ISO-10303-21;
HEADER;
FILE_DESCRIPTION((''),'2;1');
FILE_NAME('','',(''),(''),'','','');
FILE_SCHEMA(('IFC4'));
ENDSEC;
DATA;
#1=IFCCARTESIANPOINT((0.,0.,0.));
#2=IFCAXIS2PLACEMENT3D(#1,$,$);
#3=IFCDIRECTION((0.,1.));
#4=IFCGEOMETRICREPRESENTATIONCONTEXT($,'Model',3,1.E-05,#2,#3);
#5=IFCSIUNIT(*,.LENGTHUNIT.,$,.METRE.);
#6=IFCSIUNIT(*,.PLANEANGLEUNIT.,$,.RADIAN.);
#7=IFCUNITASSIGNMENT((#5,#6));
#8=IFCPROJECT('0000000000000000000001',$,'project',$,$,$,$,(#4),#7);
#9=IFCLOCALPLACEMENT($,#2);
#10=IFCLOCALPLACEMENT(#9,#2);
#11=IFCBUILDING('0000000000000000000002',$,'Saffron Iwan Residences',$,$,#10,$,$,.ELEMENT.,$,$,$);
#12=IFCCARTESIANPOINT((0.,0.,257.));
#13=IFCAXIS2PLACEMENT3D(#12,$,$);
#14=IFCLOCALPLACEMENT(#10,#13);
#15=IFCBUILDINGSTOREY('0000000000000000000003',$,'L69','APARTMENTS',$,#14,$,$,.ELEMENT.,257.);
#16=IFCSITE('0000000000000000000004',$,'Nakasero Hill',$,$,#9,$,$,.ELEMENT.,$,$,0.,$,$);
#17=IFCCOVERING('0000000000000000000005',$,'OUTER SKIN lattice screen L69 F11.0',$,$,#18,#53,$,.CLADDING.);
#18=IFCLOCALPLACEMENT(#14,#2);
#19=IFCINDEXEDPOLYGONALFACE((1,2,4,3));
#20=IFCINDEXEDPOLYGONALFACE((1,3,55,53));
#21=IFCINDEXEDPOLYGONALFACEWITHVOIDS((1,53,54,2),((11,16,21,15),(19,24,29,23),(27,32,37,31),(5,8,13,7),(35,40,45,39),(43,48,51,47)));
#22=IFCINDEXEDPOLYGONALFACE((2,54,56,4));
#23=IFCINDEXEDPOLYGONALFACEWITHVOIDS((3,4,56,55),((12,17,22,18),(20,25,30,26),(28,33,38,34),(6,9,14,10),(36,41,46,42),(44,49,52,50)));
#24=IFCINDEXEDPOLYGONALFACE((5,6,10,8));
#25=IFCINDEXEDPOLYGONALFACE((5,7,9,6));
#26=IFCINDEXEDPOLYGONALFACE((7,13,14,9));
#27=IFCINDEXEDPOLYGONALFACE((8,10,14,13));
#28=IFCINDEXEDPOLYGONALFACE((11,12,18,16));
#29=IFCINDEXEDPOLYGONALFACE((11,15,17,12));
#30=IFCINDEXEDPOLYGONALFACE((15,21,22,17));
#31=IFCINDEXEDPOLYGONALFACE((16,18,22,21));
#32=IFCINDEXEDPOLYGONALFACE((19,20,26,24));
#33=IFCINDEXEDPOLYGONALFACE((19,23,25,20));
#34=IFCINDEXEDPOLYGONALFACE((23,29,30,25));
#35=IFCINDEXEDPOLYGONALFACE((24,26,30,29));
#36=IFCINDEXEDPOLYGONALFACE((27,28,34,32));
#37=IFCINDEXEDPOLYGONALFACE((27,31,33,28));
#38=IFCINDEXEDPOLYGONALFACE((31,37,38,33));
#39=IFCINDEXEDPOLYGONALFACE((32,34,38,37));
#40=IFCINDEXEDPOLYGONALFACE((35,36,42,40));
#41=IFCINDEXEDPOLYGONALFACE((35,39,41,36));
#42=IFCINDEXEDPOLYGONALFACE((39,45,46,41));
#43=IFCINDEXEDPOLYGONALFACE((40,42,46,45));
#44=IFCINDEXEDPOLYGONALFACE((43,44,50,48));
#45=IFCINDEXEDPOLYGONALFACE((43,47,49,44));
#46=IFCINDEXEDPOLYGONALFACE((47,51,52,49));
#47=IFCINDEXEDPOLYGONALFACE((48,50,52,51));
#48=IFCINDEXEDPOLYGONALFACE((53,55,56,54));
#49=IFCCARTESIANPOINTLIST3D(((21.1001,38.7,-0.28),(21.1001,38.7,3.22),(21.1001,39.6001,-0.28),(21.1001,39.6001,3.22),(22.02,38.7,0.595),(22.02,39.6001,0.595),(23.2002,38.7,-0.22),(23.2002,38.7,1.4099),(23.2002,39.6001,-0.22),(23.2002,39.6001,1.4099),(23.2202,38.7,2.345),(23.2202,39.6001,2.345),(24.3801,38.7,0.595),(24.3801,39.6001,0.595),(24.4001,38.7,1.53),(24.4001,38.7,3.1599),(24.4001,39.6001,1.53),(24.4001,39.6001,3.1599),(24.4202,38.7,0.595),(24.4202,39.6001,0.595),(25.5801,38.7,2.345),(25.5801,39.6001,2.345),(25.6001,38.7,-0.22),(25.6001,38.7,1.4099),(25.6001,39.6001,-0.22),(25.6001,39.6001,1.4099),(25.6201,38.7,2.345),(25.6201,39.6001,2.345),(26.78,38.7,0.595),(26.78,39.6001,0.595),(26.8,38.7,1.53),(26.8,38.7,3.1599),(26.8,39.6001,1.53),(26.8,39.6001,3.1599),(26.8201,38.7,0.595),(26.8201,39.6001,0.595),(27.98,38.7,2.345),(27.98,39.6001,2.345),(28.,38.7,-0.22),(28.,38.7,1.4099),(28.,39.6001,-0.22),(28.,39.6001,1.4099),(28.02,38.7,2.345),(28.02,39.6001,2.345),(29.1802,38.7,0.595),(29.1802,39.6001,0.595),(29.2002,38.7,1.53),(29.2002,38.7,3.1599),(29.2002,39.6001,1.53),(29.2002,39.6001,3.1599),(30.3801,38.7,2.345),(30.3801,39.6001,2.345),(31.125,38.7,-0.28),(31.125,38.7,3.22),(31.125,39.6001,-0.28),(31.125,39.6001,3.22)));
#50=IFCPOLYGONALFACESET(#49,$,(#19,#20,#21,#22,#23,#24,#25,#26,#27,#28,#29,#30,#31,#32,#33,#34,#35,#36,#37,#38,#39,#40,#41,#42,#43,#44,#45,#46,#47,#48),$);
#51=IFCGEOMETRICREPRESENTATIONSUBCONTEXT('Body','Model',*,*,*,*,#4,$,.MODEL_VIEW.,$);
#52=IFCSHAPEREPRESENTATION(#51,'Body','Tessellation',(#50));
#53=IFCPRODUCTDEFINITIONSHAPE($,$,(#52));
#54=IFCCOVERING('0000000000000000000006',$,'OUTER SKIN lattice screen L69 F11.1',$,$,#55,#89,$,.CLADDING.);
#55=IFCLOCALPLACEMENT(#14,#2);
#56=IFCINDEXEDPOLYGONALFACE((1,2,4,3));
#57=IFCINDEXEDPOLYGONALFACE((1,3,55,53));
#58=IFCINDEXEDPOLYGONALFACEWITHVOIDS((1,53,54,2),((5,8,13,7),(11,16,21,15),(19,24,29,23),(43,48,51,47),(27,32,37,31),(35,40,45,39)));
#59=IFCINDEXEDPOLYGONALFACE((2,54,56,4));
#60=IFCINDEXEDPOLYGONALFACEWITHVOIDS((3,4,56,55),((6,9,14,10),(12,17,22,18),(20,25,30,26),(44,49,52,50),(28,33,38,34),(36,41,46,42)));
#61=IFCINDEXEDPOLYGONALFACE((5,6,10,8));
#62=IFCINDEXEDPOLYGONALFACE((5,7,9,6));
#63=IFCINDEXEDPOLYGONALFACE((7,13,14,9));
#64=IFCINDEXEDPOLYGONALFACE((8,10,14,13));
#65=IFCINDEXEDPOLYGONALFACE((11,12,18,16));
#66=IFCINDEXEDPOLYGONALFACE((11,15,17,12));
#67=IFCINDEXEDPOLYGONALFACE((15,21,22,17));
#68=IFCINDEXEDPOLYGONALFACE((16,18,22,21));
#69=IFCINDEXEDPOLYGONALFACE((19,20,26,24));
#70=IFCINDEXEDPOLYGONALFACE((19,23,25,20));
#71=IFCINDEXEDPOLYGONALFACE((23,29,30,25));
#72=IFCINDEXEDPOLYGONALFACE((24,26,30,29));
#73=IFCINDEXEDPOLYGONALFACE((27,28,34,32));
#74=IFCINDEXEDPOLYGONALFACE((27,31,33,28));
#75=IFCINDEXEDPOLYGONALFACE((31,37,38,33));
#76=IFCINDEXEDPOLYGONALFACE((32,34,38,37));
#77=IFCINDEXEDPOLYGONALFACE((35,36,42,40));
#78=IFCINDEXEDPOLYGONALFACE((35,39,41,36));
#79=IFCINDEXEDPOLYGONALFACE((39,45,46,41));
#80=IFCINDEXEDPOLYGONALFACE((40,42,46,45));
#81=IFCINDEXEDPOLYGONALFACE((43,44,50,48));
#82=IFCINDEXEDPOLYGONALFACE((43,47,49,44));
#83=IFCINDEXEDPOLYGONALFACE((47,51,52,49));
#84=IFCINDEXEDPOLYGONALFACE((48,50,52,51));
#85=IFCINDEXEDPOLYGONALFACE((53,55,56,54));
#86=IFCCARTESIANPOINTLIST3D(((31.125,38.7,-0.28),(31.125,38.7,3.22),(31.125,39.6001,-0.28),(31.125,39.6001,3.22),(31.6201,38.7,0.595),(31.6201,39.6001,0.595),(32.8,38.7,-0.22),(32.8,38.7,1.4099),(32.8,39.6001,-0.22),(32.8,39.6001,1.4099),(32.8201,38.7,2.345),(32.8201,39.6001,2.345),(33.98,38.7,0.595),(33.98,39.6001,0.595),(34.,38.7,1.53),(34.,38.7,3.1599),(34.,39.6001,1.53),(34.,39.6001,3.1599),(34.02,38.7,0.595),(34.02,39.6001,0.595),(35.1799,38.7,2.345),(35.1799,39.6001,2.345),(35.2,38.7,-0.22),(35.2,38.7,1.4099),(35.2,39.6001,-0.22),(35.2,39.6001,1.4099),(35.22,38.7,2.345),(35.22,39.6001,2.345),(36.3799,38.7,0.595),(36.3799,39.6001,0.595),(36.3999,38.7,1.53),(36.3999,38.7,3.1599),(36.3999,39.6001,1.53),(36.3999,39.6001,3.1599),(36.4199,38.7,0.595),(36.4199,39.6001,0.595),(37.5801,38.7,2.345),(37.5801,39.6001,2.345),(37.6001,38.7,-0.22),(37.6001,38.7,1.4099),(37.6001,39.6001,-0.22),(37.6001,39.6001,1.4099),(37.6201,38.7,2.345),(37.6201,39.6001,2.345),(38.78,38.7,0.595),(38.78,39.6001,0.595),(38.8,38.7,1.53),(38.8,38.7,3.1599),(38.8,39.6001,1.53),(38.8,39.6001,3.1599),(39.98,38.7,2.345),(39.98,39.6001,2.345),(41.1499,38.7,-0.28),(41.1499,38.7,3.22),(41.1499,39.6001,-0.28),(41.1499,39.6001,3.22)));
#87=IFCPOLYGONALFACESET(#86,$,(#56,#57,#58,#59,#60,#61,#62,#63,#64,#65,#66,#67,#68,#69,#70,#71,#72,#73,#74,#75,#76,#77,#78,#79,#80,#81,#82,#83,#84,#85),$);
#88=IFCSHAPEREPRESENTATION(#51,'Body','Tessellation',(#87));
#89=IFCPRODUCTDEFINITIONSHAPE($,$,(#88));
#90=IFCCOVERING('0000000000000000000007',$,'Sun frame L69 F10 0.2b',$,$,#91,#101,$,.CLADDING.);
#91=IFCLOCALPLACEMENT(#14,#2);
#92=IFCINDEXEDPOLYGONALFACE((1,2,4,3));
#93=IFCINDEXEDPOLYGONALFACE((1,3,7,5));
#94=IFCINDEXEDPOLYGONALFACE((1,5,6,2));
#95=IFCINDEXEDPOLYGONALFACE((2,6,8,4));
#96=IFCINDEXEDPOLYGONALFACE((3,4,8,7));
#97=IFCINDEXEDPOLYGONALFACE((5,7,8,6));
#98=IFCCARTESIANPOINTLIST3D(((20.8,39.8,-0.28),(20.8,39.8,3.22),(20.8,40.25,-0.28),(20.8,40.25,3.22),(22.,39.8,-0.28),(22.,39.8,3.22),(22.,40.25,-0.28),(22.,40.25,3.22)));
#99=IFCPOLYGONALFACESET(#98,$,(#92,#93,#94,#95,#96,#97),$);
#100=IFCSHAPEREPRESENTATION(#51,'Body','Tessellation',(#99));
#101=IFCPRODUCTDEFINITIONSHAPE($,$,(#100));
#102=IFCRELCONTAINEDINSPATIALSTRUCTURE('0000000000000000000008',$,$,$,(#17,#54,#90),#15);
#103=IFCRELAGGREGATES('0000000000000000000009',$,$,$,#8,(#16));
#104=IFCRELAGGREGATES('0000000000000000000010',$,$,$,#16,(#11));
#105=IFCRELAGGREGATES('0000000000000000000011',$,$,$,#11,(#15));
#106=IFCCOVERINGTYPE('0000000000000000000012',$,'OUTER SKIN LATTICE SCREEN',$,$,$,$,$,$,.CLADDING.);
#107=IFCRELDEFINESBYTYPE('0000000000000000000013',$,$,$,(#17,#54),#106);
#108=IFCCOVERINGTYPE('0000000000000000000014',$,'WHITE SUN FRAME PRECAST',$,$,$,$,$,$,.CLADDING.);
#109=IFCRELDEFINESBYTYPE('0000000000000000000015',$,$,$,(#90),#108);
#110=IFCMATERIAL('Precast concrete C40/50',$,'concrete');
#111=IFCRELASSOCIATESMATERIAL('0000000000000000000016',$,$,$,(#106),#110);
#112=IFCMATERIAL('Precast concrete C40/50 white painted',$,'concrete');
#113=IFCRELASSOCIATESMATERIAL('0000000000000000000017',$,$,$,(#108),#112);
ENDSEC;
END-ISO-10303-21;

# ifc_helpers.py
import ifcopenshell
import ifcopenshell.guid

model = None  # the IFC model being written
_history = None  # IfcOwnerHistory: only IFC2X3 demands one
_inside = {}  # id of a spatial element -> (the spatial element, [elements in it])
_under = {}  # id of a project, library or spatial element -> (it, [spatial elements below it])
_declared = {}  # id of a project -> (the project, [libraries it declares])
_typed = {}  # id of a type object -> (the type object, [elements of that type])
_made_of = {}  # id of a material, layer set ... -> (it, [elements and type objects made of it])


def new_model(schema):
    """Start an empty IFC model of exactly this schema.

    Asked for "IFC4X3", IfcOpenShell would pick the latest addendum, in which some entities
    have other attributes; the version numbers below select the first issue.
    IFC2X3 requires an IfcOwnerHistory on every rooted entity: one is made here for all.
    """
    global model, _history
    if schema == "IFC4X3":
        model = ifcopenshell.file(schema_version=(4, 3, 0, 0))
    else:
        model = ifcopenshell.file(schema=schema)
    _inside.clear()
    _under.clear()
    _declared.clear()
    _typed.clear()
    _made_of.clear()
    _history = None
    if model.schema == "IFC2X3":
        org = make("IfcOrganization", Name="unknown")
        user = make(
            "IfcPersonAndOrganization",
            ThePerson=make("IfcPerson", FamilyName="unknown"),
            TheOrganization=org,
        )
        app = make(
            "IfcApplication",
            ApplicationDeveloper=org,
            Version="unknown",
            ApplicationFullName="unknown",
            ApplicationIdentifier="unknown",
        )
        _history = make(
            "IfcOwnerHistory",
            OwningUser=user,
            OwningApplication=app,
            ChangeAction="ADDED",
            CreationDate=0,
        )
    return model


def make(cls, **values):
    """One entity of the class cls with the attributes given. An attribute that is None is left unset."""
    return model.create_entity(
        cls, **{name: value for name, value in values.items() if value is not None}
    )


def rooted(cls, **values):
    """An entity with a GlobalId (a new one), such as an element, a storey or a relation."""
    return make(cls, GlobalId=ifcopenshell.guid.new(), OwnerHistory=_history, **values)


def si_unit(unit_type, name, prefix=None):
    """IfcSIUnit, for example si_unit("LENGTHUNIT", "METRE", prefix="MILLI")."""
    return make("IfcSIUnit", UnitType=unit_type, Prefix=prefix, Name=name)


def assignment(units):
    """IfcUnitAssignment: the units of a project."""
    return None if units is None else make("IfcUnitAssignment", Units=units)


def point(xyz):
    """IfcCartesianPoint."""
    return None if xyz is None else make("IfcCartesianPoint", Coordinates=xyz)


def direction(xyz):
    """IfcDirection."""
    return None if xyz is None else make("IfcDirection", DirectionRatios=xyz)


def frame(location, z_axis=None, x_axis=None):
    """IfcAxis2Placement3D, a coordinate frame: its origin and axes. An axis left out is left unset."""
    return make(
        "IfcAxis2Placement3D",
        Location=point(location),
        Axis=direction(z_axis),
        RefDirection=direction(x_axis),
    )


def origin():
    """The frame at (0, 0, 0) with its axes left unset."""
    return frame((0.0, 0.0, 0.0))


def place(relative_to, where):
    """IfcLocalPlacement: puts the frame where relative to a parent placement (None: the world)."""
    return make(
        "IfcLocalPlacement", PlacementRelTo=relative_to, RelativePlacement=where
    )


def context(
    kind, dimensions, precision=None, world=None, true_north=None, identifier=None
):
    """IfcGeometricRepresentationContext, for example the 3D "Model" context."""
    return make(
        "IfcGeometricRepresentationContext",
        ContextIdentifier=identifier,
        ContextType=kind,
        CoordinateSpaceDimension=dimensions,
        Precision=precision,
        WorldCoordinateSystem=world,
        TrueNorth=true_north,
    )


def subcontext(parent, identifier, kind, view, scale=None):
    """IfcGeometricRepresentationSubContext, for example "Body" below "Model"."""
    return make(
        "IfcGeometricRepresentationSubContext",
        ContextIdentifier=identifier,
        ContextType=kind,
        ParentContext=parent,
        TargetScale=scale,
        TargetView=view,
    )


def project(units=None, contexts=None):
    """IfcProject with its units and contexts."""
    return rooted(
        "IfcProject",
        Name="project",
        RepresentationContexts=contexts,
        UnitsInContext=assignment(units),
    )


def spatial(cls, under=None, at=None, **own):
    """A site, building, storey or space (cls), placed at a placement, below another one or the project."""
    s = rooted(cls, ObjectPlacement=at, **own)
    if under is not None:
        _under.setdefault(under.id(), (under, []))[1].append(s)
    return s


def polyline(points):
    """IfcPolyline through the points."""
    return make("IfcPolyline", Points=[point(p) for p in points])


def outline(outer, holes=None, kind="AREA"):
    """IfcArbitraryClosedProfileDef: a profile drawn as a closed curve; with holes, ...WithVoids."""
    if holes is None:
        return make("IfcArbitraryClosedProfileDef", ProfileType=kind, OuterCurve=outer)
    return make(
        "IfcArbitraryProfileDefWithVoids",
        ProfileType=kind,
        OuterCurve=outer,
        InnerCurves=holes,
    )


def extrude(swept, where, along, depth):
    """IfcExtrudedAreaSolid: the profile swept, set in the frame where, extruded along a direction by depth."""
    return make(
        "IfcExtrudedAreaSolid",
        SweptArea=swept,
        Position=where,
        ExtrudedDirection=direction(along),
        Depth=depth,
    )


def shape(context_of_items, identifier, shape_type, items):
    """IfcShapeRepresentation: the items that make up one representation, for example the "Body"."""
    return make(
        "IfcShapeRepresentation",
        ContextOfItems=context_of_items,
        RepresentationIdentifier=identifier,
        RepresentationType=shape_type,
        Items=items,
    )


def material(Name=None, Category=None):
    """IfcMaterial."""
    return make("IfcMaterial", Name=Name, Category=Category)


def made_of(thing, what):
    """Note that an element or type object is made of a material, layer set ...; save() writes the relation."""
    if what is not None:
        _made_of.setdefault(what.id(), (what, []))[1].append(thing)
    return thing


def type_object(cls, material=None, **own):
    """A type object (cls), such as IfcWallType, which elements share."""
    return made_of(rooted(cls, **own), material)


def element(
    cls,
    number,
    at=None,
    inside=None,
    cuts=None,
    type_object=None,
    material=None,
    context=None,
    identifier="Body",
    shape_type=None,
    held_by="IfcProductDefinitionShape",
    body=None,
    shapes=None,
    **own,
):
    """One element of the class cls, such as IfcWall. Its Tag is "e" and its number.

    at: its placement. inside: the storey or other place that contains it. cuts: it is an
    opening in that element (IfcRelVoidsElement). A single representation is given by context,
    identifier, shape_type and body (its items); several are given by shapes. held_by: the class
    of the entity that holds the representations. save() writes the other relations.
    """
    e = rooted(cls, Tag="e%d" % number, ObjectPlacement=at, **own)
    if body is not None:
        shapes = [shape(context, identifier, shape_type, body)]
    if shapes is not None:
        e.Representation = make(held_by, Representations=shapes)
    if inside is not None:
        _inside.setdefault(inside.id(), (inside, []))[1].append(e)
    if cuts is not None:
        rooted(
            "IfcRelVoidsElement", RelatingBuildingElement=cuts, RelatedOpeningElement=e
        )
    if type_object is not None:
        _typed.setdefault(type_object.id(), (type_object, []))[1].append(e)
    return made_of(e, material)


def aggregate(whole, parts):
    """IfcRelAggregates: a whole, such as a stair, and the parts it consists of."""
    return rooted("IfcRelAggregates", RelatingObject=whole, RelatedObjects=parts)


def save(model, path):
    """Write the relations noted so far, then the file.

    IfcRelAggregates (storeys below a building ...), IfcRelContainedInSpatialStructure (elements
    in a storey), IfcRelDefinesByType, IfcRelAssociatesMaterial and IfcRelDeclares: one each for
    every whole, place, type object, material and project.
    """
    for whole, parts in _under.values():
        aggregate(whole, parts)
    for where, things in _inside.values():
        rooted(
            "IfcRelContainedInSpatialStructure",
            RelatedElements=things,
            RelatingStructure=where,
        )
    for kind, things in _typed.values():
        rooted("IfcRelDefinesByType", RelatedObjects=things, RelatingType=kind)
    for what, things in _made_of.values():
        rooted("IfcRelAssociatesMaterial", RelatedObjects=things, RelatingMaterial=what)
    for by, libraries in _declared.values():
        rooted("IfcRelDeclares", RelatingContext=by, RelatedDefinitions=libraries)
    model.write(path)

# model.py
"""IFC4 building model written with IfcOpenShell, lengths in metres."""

from ifc_helpers import new_model, si_unit, direction, frame, origin, place, context, subcontext, project, spatial, polyline, outline, extrude, material, type_object, element, save


model = new_model("IFC4")

# Units and contexts
model_context = context("Model", 3, precision=1e-05, world=origin(), true_north=direction((0.0, 1.0)))
body_context = subcontext(model_context, "Body", "Model", "MODEL_VIEW")
ifc_project = project(units=[si_unit("LENGTHUNIT", "METRE"), si_unit("PLANEANGLEUNIT", "RADIAN")], contexts=[model_context])

# Site, building, storey
site_placement = place(None, origin())
site = spatial("IfcSite", under=ifc_project, at=site_placement, Name="Nakasero Hill", CompositionType="ELEMENT", RefElevation=0.0)
building_placement = place(site_placement, origin())
building = spatial("IfcBuilding", under=site, at=building_placement, Name="Saffron Iwan Residences", CompositionType="ELEMENT")
storey_placement = place(building_placement, frame((0.0, 0.0, 257.0)))
storey = spatial("IfcBuildingStorey", under=building, at=storey_placement, Name="L69", Description="APARTMENTS", CompositionType="ELEMENT", Elevation=257.0)

# Coverings
ifc_material_1 = material(Name="Precast concrete C40/50", Category="concrete")
covering_type_1 = type_object("IfcCoveringType", Name="OUTER SKIN LATTICE SCREEN", PredefinedType="CLADDING", material=ifc_material_1)
covering_1_placement = place(storey_placement, frame((21.1001, 39.6001, -0.28), z_axis=(0.0, -1.0, 0.0), x_axis=(1.0, 0.0, 0.0)))
element("IfcCovering", 1, at=covering_1_placement, inside=storey, type_object=covering_type_1, Name="OUTER SKIN lattice screen L69 F11.0", PredefinedType="CLADDING", context=body_context, shape_type="SweptSolid", body=[
    extrude(outline(polyline([(0.0, 0.0), (10.0249, 0.0), (10.0249, 3.5), (0.0, 3.5), (0.0, 0.0)]), holes=[polyline([(0.9199, 0.875), (2.1001, 0.0601), (3.28, 0.875), (2.1001, 1.6899), (0.9199, 0.875)]), polyline([(3.3201, 0.875), (4.5, 0.0601), (5.6799, 0.875), (4.5, 1.6899), (3.3201, 0.875)]), polyline([(5.72, 0.875), (6.8999, 0.0601), (8.0801, 0.875), (6.8999, 1.6899), (5.72, 0.875)]), polyline([(2.1201, 2.625), (3.3, 1.8101), (4.48, 2.625), (3.3, 3.4399), (2.1201, 2.625)]), polyline([(4.52, 2.625), (5.7, 1.8101), (6.8799, 2.625), (5.7, 3.4399), (4.52, 2.625)]), polyline([(6.9199, 2.625), (8.1001, 1.8101), (9.28, 2.625), (8.1001, 3.4399), (6.9199, 2.625)])]), origin(), (0.0, 0.0, 1.0), 0.9001),
])
covering_2_placement = place(storey_placement, frame((31.125, 39.6001, -0.28), z_axis=(0.0, -1.0, 0.0), x_axis=(1.0, 0.0, 0.0)))
element("IfcCovering", 2, at=covering_2_placement, inside=storey, type_object=covering_type_1, Name="OUTER SKIN lattice screen L69 F11.1", PredefinedType="CLADDING", context=body_context, shape_type="SweptSolid", body=[
    extrude(outline(polyline([(0.0, 0.0), (10.0249, 0.0), (10.0249, 3.5), (0.0, 3.5), (0.0, 0.0)]), holes=[polyline([(0.4951, 0.875), (1.675, 0.0601), (2.855, 0.875), (1.675, 1.6899), (0.4951, 0.875)]), polyline([(2.895, 0.875), (4.075, 0.0601), (5.2549, 0.875), (4.075, 1.6899), (2.895, 0.875)]), polyline([(5.2949, 0.875), (6.4751, 0.0601), (7.655, 0.875), (6.4751, 1.6899), (5.2949, 0.875)]), polyline([(1.6951, 2.625), (2.875, 1.8101), (4.0549, 2.625), (2.875, 3.4399), (1.6951, 2.625)]), polyline([(4.095, 2.625), (5.2749, 1.8101), (6.4551, 2.625), (5.2749, 3.4399), (4.095, 2.625)]), polyline([(6.4951, 2.625), (7.675, 1.8101), (8.855, 2.625), (7.675, 3.4399), (6.4951, 2.625)])]), origin(), (0.0, 0.0, 1.0), 0.9001),
])
ifc_material_2 = material(Name="Precast concrete C40/50 white painted", Category="concrete")
covering_type_2 = type_object("IfcCoveringType", Name="WHITE SUN FRAME PRECAST", PredefinedType="CLADDING", material=ifc_material_2)
covering_3_placement = place(storey_placement, frame((22.0, 40.25, -0.28), z_axis=(-1.0, 0.0, 0.0), x_axis=(0.0, -1.0, 0.0)))
element("IfcCovering", 3, at=covering_3_placement, inside=storey, type_object=covering_type_2, Name="Sun frame L69 F10 0.2b", PredefinedType="CLADDING", context=body_context, shape_type="SweptSolid", body=[
    extrude(outline(polyline([(0.0, 0.0), (0.45, 0.0), (0.45, 3.5), (0.0, 3.5), (0.0, 0.0)])), origin(), (0.0, 0.0, 1.0), 1.2),
])

save(model, "model.ifc")
